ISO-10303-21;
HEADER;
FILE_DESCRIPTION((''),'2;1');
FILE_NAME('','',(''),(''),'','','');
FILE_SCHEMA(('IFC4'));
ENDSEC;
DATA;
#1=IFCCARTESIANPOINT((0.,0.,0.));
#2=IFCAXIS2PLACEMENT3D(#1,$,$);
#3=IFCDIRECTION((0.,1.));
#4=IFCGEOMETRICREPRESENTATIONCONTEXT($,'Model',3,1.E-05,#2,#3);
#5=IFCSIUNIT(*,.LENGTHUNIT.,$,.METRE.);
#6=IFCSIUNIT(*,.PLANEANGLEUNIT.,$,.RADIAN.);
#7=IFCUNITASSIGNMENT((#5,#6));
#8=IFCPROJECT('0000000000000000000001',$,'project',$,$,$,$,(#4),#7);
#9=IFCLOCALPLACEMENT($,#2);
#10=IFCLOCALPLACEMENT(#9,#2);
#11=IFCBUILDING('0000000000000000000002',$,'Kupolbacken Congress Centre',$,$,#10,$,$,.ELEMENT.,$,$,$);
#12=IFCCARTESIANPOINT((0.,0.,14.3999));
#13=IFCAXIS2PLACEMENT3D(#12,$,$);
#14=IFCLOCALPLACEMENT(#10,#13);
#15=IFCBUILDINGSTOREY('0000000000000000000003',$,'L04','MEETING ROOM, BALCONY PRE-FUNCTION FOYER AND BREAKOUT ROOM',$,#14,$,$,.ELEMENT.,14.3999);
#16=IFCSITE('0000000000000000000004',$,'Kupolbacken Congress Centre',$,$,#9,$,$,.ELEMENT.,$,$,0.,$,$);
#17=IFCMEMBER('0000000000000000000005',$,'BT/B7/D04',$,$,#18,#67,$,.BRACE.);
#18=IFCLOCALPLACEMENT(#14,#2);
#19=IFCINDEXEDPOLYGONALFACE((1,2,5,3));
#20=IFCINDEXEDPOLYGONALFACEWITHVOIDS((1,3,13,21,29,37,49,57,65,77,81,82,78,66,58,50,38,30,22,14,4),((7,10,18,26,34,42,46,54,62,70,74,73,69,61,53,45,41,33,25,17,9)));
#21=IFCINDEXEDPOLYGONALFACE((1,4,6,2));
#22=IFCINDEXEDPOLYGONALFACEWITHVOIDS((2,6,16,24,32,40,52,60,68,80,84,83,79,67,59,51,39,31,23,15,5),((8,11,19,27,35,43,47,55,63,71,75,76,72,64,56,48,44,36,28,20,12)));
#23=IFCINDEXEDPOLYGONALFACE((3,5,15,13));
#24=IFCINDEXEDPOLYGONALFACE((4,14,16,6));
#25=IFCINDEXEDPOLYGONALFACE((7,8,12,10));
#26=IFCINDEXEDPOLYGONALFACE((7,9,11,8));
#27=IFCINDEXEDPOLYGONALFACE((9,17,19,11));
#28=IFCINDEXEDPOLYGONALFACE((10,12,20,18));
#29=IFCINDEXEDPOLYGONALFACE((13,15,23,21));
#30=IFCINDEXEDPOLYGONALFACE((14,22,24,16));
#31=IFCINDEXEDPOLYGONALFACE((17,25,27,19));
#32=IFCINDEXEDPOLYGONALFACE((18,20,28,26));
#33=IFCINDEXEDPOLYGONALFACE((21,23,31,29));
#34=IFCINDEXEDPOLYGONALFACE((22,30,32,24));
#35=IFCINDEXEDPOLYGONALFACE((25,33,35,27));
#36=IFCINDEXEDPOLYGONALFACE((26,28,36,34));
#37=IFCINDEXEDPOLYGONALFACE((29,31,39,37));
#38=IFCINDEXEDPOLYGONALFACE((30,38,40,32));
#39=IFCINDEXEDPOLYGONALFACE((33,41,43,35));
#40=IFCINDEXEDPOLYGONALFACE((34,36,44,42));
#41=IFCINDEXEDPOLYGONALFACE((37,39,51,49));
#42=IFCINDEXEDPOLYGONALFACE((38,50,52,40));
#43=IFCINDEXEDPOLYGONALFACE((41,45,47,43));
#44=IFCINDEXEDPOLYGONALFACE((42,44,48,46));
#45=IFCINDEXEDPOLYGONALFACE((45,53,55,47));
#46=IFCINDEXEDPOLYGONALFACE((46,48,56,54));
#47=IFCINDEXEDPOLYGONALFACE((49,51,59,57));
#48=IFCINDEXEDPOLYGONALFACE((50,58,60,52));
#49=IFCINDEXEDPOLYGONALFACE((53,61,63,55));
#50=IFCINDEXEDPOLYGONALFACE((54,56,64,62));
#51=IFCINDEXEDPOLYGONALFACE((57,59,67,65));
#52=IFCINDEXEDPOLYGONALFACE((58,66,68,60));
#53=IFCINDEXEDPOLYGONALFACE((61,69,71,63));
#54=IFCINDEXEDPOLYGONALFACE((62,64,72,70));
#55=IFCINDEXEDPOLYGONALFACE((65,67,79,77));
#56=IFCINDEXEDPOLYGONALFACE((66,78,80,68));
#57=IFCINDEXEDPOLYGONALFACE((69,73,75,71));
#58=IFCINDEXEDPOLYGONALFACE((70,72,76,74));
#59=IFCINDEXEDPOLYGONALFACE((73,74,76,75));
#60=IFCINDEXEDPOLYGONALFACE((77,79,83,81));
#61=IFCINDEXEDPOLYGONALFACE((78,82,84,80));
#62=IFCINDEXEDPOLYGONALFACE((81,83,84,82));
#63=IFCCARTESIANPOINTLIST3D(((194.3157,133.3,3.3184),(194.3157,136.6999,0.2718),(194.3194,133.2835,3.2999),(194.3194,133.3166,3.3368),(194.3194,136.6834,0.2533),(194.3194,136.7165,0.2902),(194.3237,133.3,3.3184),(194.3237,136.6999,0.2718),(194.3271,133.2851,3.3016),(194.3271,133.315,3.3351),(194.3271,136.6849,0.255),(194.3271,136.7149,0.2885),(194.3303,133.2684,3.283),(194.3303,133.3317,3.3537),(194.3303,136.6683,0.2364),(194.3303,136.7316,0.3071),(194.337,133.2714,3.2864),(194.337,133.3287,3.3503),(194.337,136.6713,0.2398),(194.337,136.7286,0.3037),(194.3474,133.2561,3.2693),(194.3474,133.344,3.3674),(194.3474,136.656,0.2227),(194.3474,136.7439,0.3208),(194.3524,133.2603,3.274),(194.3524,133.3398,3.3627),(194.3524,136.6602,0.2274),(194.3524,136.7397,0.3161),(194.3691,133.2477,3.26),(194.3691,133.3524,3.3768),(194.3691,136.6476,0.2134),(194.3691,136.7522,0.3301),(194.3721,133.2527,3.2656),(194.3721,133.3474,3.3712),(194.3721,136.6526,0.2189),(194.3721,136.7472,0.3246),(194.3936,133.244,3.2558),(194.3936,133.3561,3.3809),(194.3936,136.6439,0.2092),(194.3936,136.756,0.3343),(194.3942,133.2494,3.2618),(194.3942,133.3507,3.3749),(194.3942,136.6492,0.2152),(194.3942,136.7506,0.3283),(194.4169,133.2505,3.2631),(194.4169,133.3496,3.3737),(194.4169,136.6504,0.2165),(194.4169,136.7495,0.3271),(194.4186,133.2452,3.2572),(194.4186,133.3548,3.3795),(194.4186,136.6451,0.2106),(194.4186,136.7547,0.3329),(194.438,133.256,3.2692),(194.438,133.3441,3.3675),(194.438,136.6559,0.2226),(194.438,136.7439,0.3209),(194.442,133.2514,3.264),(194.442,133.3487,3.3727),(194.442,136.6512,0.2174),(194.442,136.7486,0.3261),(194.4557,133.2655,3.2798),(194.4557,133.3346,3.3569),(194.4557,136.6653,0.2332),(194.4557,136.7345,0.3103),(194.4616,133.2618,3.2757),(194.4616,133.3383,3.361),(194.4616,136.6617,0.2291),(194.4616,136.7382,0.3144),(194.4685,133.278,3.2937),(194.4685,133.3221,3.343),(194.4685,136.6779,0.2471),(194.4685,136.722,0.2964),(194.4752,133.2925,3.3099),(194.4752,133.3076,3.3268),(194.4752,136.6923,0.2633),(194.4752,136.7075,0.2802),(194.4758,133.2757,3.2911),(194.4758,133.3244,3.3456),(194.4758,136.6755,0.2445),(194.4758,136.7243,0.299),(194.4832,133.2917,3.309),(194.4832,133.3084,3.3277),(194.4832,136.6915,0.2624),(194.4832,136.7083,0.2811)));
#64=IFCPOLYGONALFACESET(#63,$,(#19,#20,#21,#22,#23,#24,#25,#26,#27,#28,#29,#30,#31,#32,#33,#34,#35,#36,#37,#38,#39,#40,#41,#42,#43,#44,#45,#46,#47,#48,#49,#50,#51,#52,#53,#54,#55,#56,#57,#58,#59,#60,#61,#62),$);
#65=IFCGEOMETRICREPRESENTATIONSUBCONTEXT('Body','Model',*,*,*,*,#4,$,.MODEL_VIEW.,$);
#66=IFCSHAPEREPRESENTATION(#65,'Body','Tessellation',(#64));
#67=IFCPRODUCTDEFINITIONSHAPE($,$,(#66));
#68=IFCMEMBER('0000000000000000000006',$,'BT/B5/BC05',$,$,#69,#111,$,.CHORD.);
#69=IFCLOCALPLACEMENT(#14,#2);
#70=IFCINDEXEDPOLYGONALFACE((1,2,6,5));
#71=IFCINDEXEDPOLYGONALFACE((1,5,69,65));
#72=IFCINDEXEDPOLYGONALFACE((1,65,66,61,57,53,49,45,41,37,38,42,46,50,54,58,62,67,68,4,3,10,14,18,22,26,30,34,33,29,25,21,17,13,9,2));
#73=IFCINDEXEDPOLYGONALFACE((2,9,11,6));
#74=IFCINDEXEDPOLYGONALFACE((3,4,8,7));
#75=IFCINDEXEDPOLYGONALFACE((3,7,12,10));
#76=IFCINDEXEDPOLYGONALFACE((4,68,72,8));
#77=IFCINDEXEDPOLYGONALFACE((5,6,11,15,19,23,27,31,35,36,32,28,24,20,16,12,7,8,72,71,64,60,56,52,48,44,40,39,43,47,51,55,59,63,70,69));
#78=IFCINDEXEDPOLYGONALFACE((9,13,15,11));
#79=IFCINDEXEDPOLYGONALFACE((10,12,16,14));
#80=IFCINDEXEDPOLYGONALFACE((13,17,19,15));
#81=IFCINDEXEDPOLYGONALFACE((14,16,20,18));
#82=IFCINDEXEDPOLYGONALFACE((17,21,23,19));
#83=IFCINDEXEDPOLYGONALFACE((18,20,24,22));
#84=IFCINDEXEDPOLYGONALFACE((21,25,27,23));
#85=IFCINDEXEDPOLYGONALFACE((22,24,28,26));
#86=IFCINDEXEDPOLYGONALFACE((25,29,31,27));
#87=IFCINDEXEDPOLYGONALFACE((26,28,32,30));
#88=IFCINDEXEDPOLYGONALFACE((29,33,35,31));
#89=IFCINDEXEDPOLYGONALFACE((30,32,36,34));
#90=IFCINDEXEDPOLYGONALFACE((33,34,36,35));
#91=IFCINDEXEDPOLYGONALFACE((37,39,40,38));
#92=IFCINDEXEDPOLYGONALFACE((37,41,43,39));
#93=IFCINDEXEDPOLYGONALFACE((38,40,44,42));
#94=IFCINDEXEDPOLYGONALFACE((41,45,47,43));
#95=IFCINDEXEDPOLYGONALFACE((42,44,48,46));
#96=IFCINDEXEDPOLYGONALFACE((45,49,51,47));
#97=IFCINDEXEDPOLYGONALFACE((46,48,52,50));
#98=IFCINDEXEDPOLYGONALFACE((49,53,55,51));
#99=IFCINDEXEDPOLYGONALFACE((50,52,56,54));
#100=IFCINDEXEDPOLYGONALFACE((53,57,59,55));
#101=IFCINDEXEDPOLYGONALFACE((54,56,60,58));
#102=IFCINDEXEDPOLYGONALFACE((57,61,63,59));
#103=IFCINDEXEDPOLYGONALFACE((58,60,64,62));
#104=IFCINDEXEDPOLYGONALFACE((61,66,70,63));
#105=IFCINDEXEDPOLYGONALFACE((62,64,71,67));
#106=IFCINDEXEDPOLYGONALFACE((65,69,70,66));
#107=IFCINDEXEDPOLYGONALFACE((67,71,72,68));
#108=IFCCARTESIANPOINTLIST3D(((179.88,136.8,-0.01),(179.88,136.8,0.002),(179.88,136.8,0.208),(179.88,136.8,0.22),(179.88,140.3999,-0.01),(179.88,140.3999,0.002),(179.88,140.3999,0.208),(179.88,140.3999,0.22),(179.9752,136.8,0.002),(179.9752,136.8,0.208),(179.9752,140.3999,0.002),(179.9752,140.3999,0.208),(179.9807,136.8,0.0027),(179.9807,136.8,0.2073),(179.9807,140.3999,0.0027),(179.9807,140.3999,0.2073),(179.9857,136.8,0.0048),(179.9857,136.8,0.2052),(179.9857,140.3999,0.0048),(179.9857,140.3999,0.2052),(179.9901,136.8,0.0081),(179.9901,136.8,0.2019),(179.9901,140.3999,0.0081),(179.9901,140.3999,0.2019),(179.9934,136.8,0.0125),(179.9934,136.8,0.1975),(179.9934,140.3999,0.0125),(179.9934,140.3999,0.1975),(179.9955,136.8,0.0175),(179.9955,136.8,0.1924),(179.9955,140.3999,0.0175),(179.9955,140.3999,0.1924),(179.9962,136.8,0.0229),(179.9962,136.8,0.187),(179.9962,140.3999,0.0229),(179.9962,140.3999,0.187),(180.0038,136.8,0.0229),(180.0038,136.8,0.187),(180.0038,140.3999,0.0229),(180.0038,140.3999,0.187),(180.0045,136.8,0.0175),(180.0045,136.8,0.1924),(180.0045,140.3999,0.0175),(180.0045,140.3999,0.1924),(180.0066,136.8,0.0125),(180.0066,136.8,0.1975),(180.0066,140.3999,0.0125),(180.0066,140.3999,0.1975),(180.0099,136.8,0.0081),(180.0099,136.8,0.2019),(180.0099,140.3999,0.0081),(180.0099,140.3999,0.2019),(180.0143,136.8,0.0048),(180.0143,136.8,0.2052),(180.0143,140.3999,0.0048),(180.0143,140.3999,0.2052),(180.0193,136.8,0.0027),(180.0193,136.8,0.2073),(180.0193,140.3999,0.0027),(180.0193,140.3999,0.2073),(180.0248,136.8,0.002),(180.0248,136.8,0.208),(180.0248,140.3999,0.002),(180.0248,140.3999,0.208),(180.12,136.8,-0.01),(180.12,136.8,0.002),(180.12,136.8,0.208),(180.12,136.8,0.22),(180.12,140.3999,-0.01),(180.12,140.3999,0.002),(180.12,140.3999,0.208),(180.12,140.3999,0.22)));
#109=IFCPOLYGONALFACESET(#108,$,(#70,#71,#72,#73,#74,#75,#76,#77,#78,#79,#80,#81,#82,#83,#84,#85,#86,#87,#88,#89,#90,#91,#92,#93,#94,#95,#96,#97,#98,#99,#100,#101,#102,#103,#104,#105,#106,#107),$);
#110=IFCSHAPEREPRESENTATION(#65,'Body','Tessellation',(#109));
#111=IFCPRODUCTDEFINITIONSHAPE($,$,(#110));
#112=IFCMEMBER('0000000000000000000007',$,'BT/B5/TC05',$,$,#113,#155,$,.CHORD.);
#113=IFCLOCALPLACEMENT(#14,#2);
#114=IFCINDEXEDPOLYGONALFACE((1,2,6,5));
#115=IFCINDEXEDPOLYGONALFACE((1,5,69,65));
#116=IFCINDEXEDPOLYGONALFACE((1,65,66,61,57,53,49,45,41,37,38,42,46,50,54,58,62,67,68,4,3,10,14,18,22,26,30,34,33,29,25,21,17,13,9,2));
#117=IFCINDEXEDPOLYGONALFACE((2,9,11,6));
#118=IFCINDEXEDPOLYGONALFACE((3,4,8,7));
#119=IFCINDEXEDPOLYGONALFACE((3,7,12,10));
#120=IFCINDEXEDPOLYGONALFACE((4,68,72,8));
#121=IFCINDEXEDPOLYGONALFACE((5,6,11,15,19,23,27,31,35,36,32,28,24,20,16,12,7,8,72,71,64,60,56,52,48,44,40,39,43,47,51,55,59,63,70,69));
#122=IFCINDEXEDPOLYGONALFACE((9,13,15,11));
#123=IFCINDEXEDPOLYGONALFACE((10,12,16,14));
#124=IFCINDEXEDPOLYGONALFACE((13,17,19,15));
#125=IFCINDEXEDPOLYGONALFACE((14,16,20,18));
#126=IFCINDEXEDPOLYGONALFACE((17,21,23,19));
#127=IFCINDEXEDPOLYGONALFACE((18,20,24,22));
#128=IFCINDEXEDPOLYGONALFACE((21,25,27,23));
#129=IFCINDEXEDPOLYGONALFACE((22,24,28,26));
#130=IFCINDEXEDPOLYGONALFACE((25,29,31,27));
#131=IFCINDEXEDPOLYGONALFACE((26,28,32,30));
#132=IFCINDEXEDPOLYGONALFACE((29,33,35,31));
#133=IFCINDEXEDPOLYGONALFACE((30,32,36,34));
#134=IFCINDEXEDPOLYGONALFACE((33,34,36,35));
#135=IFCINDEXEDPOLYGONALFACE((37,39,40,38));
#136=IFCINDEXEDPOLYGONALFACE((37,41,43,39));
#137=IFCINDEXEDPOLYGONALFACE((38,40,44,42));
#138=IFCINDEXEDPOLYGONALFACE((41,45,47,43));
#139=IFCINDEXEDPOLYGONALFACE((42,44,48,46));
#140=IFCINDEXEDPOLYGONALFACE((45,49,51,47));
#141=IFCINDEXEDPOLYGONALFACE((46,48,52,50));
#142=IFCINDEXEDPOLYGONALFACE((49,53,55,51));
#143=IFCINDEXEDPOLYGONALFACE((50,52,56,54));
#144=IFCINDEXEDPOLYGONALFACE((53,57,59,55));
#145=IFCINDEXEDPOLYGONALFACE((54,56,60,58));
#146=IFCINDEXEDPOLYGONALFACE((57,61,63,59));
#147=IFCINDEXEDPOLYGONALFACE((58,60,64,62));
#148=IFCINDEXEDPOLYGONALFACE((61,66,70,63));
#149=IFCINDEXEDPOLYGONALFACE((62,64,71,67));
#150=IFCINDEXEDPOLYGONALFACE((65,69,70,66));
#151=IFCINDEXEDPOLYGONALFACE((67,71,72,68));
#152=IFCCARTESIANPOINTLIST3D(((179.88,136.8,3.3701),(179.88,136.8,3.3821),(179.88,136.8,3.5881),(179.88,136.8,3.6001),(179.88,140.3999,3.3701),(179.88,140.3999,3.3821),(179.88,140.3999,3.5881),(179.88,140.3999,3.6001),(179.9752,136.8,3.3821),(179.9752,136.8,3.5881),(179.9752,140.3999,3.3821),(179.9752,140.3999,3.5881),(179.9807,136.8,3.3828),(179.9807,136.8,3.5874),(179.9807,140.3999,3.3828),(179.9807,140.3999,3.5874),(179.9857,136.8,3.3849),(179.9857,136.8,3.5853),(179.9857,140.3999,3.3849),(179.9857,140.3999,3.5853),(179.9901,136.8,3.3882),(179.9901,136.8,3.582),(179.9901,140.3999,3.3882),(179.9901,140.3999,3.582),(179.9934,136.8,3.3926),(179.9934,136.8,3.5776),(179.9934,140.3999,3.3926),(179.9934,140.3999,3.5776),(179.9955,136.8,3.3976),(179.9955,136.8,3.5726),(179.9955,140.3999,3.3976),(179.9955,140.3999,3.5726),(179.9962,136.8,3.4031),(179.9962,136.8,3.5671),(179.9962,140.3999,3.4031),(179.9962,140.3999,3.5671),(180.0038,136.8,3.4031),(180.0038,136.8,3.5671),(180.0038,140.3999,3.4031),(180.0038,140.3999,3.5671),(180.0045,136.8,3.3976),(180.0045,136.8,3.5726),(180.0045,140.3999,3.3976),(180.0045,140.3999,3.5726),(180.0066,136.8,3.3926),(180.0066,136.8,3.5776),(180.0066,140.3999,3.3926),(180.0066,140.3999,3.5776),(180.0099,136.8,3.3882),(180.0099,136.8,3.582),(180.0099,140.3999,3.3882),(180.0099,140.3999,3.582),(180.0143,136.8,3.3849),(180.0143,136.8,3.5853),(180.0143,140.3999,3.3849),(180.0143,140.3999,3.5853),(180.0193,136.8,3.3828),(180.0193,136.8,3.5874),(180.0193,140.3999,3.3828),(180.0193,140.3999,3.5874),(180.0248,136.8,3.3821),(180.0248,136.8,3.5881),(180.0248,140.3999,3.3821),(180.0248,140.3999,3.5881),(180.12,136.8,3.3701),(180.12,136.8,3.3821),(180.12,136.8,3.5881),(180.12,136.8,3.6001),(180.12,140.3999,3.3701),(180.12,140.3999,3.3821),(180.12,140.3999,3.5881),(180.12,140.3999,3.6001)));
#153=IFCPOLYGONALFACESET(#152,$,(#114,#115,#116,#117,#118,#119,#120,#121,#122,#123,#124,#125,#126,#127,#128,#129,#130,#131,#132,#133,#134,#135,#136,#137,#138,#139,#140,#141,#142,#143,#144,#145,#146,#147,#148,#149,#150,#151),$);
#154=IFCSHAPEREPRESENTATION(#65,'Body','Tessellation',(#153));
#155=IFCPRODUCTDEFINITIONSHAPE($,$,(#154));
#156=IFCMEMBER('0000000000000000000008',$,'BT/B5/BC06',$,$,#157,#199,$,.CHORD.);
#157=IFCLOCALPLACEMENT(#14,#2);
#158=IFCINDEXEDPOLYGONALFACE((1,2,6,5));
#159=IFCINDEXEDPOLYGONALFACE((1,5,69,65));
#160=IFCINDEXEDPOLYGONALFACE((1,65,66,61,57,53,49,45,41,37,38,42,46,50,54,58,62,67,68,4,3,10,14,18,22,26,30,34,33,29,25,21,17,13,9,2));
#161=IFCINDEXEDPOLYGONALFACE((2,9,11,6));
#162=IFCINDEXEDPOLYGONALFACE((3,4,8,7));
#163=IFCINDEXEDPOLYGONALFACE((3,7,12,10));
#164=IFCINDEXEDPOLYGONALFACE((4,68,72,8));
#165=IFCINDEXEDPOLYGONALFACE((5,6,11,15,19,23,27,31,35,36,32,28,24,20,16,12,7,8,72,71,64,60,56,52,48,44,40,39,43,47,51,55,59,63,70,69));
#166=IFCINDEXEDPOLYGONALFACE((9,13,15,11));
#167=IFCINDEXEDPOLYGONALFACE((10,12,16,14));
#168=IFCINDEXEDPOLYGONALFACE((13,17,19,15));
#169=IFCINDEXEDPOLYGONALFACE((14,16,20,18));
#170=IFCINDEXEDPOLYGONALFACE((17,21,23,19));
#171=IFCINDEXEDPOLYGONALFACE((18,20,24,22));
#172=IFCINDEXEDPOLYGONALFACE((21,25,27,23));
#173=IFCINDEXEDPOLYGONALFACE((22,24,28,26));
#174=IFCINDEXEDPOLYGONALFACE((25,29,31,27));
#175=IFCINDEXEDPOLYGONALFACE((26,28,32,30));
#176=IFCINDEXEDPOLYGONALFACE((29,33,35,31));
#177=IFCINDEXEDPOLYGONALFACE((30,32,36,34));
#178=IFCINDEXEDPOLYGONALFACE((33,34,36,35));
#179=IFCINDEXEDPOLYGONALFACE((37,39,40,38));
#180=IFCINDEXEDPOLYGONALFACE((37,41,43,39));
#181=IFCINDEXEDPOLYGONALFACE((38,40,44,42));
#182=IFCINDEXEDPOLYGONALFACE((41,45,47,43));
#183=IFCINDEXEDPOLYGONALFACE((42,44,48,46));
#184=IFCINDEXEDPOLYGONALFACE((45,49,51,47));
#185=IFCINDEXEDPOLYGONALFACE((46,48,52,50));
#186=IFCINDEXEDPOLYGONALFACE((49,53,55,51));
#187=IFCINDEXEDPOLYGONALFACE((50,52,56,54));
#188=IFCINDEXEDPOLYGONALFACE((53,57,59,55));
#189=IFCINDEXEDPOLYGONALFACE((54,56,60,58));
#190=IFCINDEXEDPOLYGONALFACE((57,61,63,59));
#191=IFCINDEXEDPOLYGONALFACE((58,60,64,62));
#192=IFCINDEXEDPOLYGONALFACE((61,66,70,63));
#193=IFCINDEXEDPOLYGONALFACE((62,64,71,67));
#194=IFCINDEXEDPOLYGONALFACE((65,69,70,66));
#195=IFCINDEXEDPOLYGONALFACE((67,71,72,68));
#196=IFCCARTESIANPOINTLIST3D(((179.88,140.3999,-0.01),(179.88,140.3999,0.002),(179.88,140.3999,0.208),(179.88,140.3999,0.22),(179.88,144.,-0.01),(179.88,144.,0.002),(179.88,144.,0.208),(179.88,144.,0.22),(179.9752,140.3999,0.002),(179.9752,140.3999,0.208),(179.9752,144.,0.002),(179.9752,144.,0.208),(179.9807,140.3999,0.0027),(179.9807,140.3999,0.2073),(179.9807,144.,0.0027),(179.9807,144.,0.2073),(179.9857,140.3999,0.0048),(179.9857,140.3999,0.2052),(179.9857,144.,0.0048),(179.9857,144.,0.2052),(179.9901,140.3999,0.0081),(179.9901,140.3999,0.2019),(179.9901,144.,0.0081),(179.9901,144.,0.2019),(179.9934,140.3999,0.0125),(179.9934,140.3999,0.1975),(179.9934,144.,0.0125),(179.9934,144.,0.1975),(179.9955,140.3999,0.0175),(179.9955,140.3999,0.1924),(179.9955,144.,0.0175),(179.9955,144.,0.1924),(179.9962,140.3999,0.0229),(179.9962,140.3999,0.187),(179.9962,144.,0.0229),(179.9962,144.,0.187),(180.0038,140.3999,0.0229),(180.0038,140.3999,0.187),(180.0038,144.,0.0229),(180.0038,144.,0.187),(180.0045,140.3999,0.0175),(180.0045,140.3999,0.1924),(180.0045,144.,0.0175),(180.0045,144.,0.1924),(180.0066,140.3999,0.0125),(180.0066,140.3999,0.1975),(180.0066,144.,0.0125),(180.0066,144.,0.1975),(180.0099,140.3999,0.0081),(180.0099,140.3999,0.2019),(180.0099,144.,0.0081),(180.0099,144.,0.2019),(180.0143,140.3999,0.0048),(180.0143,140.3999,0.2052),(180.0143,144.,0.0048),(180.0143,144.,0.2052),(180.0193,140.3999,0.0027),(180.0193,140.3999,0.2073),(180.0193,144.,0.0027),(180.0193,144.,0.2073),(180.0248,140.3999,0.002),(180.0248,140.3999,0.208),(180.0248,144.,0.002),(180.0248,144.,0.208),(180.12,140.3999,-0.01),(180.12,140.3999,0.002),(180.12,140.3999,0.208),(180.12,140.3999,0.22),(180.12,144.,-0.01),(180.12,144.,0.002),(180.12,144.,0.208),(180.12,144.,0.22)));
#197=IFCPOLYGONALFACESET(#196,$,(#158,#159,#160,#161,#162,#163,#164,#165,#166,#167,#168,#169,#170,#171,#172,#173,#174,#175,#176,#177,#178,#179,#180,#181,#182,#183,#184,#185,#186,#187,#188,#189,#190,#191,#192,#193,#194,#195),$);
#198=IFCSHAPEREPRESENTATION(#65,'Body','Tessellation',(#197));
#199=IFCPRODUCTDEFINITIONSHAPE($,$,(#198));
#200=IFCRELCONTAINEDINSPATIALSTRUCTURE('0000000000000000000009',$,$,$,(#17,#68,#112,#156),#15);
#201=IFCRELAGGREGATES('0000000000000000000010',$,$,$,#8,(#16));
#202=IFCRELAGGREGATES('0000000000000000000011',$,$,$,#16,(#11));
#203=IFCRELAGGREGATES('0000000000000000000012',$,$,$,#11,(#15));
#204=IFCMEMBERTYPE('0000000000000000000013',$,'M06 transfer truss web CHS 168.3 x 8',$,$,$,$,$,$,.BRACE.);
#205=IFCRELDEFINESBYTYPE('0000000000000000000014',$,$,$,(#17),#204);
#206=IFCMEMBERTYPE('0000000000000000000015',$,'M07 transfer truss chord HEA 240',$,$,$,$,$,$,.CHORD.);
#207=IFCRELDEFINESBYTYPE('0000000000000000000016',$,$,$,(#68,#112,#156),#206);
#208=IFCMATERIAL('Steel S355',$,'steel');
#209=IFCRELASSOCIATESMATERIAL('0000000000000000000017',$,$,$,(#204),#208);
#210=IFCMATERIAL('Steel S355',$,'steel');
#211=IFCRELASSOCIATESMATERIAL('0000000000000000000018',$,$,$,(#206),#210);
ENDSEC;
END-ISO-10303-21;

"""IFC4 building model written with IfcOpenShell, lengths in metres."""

from ifc_helpers import new_model, si_unit, direction, frame, origin, origin_2d, place, context, subcontext, project, spatial, hollow_circle, i_section, extrude, material, material_profile, profile_set, type_object, element, save


model = new_model("IFC4")

# Units and contexts
model_context = context("Model", 3, precision=1e-05, world=origin(), true_north=direction((0.0, 1.0)))
body_context = subcontext(model_context, "Body", "Model", "MODEL_VIEW")
ifc_project = project(units=[si_unit("LENGTHUNIT", "METRE"), si_unit("PLANEANGLEUNIT", "RADIAN")], contexts=[model_context])

# Site, building, storey
site_placement = place(None, origin())
site = spatial("IfcSite", under=ifc_project, at=site_placement, Name="Kupolbacken Congress Centre", CompositionType="ELEMENT", RefElevation=0.0)
building_placement = place(site_placement, origin())
building = spatial("IfcBuilding", under=site, at=building_placement, Name="Kupolbacken Congress Centre", CompositionType="ELEMENT")
storey_placement = place(building_placement, frame((0.0, 0.0, 14.3999)))
storey = spatial("IfcBuildingStorey", under=building, at=storey_placement, Name="L04", Description="MEETING ROOM, BALCONY PRE-FUNCTION FOYER AND BREAKOUT ROOM", CompositionType="ELEMENT", Elevation=14.3999)

# Members
ifc_material_1 = material(Name="Steel S355", Category="steel")
ifc_material_profile_1 = material_profile(ifc_material_1, hollow_circle(Radius=0.0842, WallThickness=0.0081, at=origin_2d()), Name="CHS 168.3 x 8")
ifc_profile_set_1 = profile_set([ifc_material_profile_1], Name="Steel S355")
member_type_1 = type_object("IfcMemberType", Name="M06 transfer truss web CHS 168.3 x 8", PredefinedType="BRACE", material=ifc_profile_set_1)
for number, where, z_axis, x_axis, name in (
    (1, (194.3999, 133.3, 3.3184), (0.0, 0.744739, -0.667356), (-1.0, 0.0, 0.0), "BT/B7/D04"),
):
    element("IfcMember", number, at=place(storey_placement, frame(where, z_axis=z_axis, x_axis=x_axis)), inside=storey, type_object=member_type_1, Name=name, PredefinedType="BRACE", context=body_context, shape_type="SweptSolid", body=[
        extrude(hollow_circle(Radius=0.0842, WallThickness=0.0081, at=origin_2d()), origin(), (0.0, 0.0, 1.0), 4.5652),
    ])
ifc_material_2 = material(Name="Steel S355", Category="steel")
ifc_material_profile_2 = material_profile(ifc_material_2, i_section(OverallWidth=0.24, OverallDepth=0.23, WebThickness=0.0076, FlangeThickness=0.012, FilletRadius=0.021, at=origin_2d()), Name="HEA 240")
ifc_profile_set_2 = profile_set([ifc_material_profile_2], Name="Steel S355")
member_type_2 = type_object("IfcMemberType", Name="M07 transfer truss chord HEA 240", PredefinedType="CHORD", material=ifc_profile_set_2)
for number, where, z_axis, x_axis, name in (
    (2, (180.0, 136.8, 0.105), (0.0, 1.0, 0.0), (-1.0, 0.0, 0.0), "BT/B5/BC05"),
    (3, (180.0, 136.8, 3.4851), (0.0, 1.0, 0.0), (-1.0, 0.0, 0.0), "BT/B5/TC05"),
):
    element("IfcMember", number, at=place(storey_placement, frame(where, z_axis=z_axis, x_axis=x_axis)), inside=storey, type_object=member_type_2, Name=name, PredefinedType="CHORD", context=body_context, shape_type="SweptSolid", body=[
        extrude(i_section(OverallWidth=0.24, OverallDepth=0.23, WebThickness=0.0076, FlangeThickness=0.012, FilletRadius=0.021, at=origin_2d()), origin(), (0.0, 0.0, 1.0), 3.5999),
    ])
for number, where, z_axis, x_axis, name in (
    (4, (180.0, 140.3999, 0.105), (0.0, 1.0, 0.0), (-1.0, 0.0, 0.0), "BT/B5/BC06"),
):
    element("IfcMember", number, at=place(storey_placement, frame(where, z_axis=z_axis, x_axis=x_axis)), inside=storey, type_object=member_type_2, Name=name, PredefinedType="CHORD", context=body_context, shape_type="SweptSolid", body=[
        extrude(i_section(OverallWidth=0.24, OverallDepth=0.23, WebThickness=0.0076, FlangeThickness=0.012, FilletRadius=0.021, at=origin_2d()), origin(), (0.0, 0.0, 1.0), 3.6001),
    ])

save(model, "model.ifc")
